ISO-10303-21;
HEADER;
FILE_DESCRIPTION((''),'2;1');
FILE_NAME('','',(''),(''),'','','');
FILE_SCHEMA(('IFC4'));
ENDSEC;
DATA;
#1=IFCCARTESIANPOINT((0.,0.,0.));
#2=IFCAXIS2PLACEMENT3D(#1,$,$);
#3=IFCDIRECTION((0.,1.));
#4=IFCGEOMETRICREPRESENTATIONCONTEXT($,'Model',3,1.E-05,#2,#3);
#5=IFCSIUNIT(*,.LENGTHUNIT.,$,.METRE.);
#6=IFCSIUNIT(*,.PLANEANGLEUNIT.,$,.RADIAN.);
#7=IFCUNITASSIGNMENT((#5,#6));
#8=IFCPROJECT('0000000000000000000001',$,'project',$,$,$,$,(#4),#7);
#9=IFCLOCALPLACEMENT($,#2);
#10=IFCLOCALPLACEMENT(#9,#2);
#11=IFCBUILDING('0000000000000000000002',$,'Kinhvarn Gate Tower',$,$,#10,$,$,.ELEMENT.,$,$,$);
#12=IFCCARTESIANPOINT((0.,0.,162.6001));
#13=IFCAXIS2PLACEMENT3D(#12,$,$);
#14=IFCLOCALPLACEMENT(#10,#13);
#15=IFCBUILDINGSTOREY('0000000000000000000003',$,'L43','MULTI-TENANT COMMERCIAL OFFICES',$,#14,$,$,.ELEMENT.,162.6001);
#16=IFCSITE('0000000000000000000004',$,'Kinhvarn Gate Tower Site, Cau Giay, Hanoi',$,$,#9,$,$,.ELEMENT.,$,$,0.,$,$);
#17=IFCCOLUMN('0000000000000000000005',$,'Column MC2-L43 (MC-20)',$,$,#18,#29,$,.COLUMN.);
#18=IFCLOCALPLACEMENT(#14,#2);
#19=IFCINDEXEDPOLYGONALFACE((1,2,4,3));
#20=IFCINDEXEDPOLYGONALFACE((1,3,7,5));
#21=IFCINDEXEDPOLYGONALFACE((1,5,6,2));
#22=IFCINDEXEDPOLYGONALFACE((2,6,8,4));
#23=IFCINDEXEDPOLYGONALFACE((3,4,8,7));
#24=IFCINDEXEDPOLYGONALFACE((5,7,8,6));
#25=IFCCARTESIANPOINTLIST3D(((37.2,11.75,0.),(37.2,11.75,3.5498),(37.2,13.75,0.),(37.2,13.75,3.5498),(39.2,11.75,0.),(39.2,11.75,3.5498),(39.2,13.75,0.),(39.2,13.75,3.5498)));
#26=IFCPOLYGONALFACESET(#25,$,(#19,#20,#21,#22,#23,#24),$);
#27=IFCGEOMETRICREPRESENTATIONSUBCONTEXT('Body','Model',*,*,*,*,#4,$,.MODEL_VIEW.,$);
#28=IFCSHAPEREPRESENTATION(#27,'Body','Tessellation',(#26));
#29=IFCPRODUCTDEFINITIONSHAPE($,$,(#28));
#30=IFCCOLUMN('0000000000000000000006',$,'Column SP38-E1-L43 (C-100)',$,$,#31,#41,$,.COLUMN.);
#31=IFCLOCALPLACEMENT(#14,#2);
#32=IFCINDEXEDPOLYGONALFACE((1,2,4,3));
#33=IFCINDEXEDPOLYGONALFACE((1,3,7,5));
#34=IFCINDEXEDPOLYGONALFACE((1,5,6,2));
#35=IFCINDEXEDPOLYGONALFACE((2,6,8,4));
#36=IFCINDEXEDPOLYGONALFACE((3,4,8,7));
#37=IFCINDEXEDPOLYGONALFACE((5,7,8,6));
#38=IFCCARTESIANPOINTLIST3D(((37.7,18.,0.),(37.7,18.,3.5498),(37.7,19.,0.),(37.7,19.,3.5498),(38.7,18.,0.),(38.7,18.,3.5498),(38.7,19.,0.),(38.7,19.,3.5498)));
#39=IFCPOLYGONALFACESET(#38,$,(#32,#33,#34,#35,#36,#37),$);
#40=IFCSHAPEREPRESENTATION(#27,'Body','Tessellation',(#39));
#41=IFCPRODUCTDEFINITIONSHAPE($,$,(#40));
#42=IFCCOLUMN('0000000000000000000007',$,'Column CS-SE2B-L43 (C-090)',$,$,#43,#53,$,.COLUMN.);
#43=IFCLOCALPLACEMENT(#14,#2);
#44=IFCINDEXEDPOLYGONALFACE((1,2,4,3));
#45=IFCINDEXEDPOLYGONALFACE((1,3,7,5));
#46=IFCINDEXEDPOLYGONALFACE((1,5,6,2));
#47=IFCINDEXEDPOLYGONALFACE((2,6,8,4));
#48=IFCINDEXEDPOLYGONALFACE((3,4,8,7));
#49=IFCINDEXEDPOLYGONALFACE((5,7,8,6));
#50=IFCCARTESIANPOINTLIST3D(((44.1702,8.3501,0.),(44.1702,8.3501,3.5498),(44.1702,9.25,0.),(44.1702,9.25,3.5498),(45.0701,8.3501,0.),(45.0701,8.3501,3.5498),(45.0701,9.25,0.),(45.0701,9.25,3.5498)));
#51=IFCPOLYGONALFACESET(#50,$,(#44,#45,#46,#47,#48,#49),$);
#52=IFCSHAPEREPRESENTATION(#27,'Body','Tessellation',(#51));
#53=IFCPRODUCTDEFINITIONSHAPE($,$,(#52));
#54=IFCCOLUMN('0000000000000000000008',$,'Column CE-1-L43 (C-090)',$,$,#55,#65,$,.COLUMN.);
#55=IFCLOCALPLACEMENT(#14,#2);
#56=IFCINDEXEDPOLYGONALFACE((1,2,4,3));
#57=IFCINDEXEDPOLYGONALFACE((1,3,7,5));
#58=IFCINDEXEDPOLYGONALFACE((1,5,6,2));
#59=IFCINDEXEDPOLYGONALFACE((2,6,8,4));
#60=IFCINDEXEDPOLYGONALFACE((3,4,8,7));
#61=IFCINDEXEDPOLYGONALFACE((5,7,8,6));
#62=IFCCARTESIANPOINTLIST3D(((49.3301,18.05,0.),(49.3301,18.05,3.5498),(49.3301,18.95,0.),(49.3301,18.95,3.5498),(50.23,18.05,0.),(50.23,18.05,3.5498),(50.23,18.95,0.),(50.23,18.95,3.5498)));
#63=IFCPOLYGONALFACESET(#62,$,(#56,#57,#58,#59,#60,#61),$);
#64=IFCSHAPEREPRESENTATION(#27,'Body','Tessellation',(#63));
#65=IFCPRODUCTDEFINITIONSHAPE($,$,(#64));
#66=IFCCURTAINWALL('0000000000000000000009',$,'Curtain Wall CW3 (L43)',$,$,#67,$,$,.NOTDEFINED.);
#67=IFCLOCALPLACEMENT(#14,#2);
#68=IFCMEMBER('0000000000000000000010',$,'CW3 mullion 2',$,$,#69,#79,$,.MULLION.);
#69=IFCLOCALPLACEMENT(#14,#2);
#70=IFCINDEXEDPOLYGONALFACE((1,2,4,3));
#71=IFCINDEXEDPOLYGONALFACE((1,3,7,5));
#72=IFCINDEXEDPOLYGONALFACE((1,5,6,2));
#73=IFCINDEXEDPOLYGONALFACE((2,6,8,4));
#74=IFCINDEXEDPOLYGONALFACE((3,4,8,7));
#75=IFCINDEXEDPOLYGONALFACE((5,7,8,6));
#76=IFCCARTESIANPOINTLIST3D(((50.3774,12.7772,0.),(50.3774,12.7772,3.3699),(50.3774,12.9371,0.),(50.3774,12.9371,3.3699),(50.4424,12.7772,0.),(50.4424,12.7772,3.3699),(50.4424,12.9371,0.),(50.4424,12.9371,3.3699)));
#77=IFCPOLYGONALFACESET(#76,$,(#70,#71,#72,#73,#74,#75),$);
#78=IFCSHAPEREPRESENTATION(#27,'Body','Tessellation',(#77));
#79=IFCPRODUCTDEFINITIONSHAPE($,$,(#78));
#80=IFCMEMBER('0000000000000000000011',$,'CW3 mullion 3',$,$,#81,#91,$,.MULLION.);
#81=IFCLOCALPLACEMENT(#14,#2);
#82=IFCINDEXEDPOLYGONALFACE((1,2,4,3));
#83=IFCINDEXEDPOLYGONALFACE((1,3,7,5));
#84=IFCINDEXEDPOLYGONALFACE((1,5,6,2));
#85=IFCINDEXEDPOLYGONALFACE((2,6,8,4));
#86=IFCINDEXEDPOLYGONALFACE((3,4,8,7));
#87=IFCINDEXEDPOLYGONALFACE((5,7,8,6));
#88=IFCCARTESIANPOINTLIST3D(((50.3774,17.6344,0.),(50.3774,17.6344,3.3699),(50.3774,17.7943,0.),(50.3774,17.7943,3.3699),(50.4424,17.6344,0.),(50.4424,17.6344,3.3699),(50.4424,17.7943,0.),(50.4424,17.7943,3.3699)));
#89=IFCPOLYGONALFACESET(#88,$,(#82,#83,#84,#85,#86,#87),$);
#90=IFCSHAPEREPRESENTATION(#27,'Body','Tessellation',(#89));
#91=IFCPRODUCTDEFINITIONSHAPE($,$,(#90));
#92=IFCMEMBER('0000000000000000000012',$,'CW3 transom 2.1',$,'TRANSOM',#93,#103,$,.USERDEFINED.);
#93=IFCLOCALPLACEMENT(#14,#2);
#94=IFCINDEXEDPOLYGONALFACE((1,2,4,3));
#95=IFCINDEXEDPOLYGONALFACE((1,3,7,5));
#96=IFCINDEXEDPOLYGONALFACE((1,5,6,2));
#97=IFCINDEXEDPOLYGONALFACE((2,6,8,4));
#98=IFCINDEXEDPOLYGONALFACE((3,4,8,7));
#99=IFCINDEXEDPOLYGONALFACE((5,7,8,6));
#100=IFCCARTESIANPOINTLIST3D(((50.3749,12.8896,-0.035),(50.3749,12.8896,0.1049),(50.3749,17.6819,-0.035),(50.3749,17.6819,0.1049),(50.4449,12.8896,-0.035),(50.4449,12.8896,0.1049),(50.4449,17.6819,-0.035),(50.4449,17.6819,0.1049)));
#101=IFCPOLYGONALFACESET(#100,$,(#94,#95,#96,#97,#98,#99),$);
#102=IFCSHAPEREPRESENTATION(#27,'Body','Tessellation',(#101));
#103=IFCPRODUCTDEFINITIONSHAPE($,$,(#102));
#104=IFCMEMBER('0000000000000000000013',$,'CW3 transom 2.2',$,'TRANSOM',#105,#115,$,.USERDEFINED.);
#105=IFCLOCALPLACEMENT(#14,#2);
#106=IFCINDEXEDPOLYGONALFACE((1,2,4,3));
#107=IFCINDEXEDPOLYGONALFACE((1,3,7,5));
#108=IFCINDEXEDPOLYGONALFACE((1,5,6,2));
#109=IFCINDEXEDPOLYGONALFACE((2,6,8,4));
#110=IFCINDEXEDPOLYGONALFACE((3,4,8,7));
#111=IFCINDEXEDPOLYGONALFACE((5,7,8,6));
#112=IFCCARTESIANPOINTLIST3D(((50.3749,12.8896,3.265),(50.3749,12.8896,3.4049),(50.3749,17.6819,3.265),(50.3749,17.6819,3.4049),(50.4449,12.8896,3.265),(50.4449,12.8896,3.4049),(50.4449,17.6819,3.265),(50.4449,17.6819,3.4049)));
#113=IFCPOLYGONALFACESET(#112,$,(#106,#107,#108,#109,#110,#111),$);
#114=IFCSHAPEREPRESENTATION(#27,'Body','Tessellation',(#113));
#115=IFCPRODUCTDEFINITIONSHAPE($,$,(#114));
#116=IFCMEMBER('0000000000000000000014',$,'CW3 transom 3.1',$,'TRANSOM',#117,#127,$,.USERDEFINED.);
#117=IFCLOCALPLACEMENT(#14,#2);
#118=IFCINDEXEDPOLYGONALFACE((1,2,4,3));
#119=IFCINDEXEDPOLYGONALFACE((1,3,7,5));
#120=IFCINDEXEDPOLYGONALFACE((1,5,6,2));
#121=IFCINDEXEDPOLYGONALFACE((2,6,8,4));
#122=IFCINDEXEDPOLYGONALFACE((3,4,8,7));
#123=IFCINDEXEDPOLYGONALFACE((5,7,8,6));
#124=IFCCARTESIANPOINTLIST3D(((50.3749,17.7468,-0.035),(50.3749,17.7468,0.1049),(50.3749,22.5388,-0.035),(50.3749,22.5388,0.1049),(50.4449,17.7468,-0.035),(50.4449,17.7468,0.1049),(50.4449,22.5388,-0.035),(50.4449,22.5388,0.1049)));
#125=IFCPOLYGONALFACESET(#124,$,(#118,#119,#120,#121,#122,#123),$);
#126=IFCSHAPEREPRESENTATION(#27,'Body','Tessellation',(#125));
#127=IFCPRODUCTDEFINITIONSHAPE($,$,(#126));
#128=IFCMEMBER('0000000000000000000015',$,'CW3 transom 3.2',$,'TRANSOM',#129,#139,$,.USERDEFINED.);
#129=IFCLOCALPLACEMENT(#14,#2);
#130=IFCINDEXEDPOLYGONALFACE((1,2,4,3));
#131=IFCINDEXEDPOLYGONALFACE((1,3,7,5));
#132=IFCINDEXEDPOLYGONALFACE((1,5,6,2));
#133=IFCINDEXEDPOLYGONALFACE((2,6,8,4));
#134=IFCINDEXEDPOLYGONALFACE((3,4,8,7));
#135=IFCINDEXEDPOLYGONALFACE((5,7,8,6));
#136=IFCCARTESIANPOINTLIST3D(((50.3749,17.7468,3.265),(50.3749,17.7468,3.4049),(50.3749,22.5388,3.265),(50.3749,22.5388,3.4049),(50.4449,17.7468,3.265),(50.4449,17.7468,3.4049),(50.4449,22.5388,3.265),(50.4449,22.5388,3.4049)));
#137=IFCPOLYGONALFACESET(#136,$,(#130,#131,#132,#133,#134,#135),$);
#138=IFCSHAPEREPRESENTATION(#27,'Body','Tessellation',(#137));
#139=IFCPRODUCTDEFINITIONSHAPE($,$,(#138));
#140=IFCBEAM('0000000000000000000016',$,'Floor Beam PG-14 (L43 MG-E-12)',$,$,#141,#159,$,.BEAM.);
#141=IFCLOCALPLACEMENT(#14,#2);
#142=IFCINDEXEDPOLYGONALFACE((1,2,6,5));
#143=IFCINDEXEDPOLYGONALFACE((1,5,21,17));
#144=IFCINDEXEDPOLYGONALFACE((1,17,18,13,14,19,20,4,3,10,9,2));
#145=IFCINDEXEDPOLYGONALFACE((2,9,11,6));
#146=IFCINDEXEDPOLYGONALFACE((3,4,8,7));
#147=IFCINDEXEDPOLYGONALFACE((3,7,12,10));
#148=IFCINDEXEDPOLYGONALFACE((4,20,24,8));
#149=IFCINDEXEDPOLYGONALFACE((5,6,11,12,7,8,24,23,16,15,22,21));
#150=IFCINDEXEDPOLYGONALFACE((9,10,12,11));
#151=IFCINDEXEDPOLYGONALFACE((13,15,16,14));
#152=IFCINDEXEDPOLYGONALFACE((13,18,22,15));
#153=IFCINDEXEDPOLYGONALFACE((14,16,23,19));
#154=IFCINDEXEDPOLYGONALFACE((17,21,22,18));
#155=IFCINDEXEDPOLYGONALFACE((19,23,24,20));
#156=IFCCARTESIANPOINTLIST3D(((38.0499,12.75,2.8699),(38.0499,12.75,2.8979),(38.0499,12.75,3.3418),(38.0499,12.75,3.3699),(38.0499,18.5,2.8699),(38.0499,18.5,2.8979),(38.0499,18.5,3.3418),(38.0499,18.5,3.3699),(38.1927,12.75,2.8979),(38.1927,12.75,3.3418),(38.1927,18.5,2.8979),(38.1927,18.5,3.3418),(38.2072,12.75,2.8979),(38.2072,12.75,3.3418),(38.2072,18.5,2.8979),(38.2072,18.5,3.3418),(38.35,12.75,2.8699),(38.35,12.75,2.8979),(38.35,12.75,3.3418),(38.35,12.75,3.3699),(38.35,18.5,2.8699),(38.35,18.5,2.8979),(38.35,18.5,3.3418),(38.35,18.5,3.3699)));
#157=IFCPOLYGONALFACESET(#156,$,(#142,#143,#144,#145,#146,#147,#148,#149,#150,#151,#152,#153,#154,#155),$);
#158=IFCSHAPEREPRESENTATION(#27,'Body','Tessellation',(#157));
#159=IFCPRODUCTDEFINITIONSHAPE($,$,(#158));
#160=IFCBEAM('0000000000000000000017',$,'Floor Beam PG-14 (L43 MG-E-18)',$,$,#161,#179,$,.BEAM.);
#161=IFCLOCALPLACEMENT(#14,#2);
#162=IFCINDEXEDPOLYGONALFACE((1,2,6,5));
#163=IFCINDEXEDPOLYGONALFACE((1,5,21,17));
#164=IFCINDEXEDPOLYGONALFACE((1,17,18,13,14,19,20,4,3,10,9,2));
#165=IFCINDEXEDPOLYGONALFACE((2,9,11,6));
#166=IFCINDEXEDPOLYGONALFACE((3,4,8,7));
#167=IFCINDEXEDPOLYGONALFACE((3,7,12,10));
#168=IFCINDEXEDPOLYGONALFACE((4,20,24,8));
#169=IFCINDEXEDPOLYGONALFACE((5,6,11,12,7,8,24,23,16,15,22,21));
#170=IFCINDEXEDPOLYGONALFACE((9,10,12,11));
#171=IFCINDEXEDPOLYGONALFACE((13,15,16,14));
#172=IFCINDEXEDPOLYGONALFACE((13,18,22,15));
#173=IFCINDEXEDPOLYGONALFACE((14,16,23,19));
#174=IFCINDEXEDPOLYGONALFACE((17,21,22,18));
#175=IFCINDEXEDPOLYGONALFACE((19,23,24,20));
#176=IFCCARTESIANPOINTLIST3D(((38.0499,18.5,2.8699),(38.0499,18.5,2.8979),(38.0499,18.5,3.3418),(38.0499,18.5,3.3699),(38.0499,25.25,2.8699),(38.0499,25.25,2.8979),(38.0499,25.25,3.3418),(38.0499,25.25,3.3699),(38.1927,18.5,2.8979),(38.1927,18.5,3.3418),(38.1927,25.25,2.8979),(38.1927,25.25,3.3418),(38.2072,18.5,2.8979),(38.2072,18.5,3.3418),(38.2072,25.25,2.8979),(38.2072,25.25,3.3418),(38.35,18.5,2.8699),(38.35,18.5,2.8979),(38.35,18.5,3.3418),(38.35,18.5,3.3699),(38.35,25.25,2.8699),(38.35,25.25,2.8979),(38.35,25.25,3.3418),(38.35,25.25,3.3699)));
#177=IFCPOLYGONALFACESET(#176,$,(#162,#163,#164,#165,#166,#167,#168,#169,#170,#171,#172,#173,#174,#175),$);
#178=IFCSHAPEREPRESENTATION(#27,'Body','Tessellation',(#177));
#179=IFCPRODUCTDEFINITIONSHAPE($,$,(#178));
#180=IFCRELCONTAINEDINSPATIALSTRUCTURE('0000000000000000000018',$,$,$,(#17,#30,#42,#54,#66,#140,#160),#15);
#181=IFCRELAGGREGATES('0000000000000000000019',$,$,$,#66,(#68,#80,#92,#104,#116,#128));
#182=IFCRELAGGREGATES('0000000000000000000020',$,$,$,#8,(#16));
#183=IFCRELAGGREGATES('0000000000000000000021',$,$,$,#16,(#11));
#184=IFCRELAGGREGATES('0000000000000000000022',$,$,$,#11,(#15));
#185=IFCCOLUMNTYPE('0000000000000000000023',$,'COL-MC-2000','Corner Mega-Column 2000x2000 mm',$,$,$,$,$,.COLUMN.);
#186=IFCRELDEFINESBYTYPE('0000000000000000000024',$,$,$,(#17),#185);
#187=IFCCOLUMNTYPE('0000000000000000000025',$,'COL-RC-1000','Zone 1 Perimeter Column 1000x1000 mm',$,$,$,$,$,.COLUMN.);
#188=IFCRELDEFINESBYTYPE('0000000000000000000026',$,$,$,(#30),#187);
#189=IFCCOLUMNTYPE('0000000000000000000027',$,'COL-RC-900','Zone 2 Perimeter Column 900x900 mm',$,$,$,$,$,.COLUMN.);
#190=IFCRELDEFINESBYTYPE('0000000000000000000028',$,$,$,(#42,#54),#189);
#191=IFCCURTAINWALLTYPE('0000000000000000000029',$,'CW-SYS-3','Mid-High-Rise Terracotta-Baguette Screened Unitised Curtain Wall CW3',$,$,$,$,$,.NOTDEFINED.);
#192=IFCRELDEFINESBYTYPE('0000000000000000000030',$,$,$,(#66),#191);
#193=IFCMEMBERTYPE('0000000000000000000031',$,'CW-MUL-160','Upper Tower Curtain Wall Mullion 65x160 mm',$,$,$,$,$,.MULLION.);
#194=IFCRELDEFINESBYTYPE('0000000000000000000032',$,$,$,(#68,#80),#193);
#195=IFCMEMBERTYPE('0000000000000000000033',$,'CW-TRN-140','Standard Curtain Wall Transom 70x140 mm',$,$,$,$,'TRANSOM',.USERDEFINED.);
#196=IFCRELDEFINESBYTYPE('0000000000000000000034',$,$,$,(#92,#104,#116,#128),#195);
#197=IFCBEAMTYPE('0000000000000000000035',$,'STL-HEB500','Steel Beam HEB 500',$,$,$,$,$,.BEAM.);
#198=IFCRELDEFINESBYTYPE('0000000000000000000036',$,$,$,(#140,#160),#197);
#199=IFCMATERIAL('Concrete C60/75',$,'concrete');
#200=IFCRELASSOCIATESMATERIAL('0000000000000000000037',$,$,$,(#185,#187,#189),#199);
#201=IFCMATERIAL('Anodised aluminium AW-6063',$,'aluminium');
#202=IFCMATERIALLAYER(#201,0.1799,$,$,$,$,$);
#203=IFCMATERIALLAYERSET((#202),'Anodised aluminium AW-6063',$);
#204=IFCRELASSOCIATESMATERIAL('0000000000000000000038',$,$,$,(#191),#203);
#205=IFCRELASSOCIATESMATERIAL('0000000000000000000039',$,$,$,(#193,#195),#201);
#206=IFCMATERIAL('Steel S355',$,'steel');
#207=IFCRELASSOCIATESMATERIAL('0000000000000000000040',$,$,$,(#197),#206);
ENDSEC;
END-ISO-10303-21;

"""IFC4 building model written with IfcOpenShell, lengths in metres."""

from ifc_helpers import new_model, si_unit, direction, frame, origin, origin_2d, place, context, subcontext, project, spatial, rectangle, i_section, extrude, material, layer, layer_set, material_profile, profile_set, type_object, element, aggregate, save


model = new_model("IFC4")

# Units and contexts
model_context = context("Model", 3, precision=1e-05, world=origin(), true_north=direction((0.0, 1.0)))
body_context = subcontext(model_context, "Body", "Model", "MODEL_VIEW")
ifc_project = project(units=[si_unit("LENGTHUNIT", "METRE"), si_unit("PLANEANGLEUNIT", "RADIAN")], contexts=[model_context])

# Site, building, storey
site_placement = place(None, origin())
site = spatial("IfcSite", under=ifc_project, at=site_placement, Name="Kinhvarn Gate Tower Site, Cau Giay, Hanoi", CompositionType="ELEMENT", RefElevation=0.0)
building_placement = place(site_placement, origin())
building = spatial("IfcBuilding", under=site, at=building_placement, Name="Kinhvarn Gate Tower", CompositionType="ELEMENT")
storey_placement = place(building_placement, frame((0.0, 0.0, 162.6001)))
storey = spatial("IfcBuildingStorey", under=building, at=storey_placement, Name="L43", Description="MULTI-TENANT COMMERCIAL OFFICES", CompositionType="ELEMENT", Elevation=162.6001)

# Columns
ifc_material_1 = material(Name="Concrete C60/75", Category="concrete")
ifc_material_profile_1 = material_profile(ifc_material_1, rectangle(XDim=2.0, YDim=2.0, at=origin_2d()), Name="RC 2000x2000")
ifc_profile_set_1 = profile_set([ifc_material_profile_1], Name="Concrete C60/75")
column_type_1 = type_object("IfcColumnType", Name="COL-MC-2000", Description="Corner Mega-Column 2000x2000 mm", PredefinedType="COLUMN", material=ifc_profile_set_1)
column_1_placement = place(storey_placement, frame((38.2, 12.75, 0.0), z_axis=(0.0, 0.0, 1.0), x_axis=(1.0, 0.0, 0.0)))
element("IfcColumn", 1, at=column_1_placement, inside=storey, type_object=column_type_1, Name="Column MC2-L43 (MC-20)", PredefinedType="COLUMN", context=body_context, shape_type="SweptSolid", body=[
    extrude(rectangle(XDim=2.0, YDim=2.0, at=origin_2d()), origin(), (0.0, 0.0, 1.0), 3.5498),
])
ifc_material_profile_2 = material_profile(ifc_material_1, rectangle(XDim=1.0, YDim=1.0, at=origin_2d()), Name="RC 1000x1000")
ifc_profile_set_2 = profile_set([ifc_material_profile_2], Name="Concrete C60/75")
column_type_2 = type_object("IfcColumnType", Name="COL-RC-1000", Description="Zone 1 Perimeter Column 1000x1000 mm", PredefinedType="COLUMN", material=ifc_profile_set_2)
column_2_placement = place(storey_placement, frame((38.2, 18.5, 0.0), z_axis=(0.0, 0.0, 1.0), x_axis=(1.0, 0.0, 0.0)))
element("IfcColumn", 2, at=column_2_placement, inside=storey, type_object=column_type_2, Name="Column SP38-E1-L43 (C-100)", PredefinedType="COLUMN", context=body_context, shape_type="SweptSolid", body=[
    extrude(rectangle(XDim=1.0, YDim=1.0, at=origin_2d()), origin(), (0.0, 0.0, 1.0), 3.5498),
])
ifc_material_profile_3 = material_profile(ifc_material_1, rectangle(XDim=0.8999, YDim=0.8999, at=origin_2d()), Name="RC 900x900")
ifc_profile_set_3 = profile_set([ifc_material_profile_3], Name="Concrete C60/75")
column_type_3 = type_object("IfcColumnType", Name="COL-RC-900", Description="Zone 2 Perimeter Column 900x900 mm", PredefinedType="COLUMN", material=ifc_profile_set_3)
for number, where, z_axis, x_axis, name in (
    (3, (44.6201, 8.8, 0.0), (0.0, 0.0, 1.0), (1.0, 0.0, 0.0), "Column CS-SE2B-L43 (C-090)"),
    (4, (49.78, 18.5, 0.0), (0.0, 0.0, 1.0), (1.0, 0.0, 0.0), "Column CE-1-L43 (C-090)"),
):
    element("IfcColumn", number, at=place(storey_placement, frame(where, z_axis=z_axis, x_axis=x_axis)), inside=storey, type_object=column_type_3, Name=name, PredefinedType="COLUMN", context=body_context, shape_type="SweptSolid", body=[
        extrude(rectangle(XDim=0.8999, YDim=0.8999, at=origin_2d()), origin(), (0.0, 0.0, 1.0), 3.5498),
    ])

# Curtain wall, members
ifc_material_2 = material(Name="Anodised aluminium AW-6063", Category="aluminium")
ifc_layer_1 = layer(ifc_material_2, 0.1799)
ifc_layer_set_1 = layer_set([ifc_layer_1], Name="Anodised aluminium AW-6063")
curtain_wall_type = type_object("IfcCurtainWallType", Name="CW-SYS-3", Description="Mid-High-Rise Terracotta-Baguette Screened Unitised Curtain Wall CW3", PredefinedType="NOTDEFINED", material=ifc_layer_set_1)
curtain_wall_placement = place(storey_placement, origin())
curtain_wall = element("IfcCurtainWall", 5, at=curtain_wall_placement, inside=storey, type_object=curtain_wall_type, Name="Curtain Wall CW3 (L43)", PredefinedType="NOTDEFINED")
ifc_material_profile_4 = material_profile(ifc_material_2, rectangle(XDim=0.0649, YDim=0.1599, at=origin_2d()), Name="ALU 65x160")
ifc_profile_set_4 = profile_set([ifc_material_profile_4], Name="Anodised aluminium AW-6063")
member_type_1 = type_object("IfcMemberType", Name="CW-MUL-160", Description="Upper Tower Curtain Wall Mullion 65x160 mm", PredefinedType="MULLION", material=ifc_profile_set_4)
member_1_placement = place(storey_placement, frame((50.4099, 12.8572, 0.0), z_axis=(0.0, 0.0, 1.0), x_axis=(-1.0, 0.0, 0.0)))
member_1 = element("IfcMember", 6, at=member_1_placement, type_object=member_type_1, Name="CW3 mullion 2", PredefinedType="MULLION", context=body_context, shape_type="SweptSolid", body=[
    extrude(rectangle(XDim=0.0649, YDim=0.1599, at=origin_2d()), origin(), (0.0, 0.0, 1.0), 3.3699),
])
member_2_placement = place(storey_placement, frame((50.4099, 17.7144, 0.0), z_axis=(0.0, 0.0, 1.0), x_axis=(-1.0, 0.0, 0.0)))
member_2 = element("IfcMember", 7, at=member_2_placement, type_object=member_type_1, Name="CW3 mullion 3", PredefinedType="MULLION", context=body_context, shape_type="SweptSolid", body=[
    extrude(rectangle(XDim=0.0649, YDim=0.1599, at=origin_2d()), origin(), (0.0, 0.0, 1.0), 3.3699),
])
ifc_material_profile_5 = material_profile(ifc_material_2, rectangle(XDim=0.0701, YDim=0.1399, at=origin_2d()), Name="ALU 70x140")
ifc_profile_set_5 = profile_set([ifc_material_profile_5], Name="Anodised aluminium AW-6063")
member_type_2 = type_object("IfcMemberType", Name="CW-TRN-140", Description="Standard Curtain Wall Transom 70x140 mm", ElementType="TRANSOM", PredefinedType="USERDEFINED", material=ifc_profile_set_5)
member_3_placement = place(storey_placement, frame((50.4099, 12.8896, 0.0349), z_axis=(0.0, 1.0, 0.0), x_axis=(-1.0, 0.0, 0.0)))
member_3 = element("IfcMember", 8, at=member_3_placement, type_object=member_type_2, Name="CW3 transom 2.1", ObjectType="TRANSOM", PredefinedType="USERDEFINED", context=body_context, shape_type="SweptSolid", body=[
    extrude(rectangle(XDim=0.0701, YDim=0.1399, at=origin_2d()), origin(), (0.0, 0.0, 1.0), 4.7922),
])
member_4_placement = place(storey_placement, frame((50.4099, 12.8896, 3.335), z_axis=(0.0, 1.0, 0.0), x_axis=(-1.0, 0.0, 0.0)))
member_4 = element("IfcMember", 9, at=member_4_placement, type_object=member_type_2, Name="CW3 transom 2.2", ObjectType="TRANSOM", PredefinedType="USERDEFINED", context=body_context, shape_type="SweptSolid", body=[
    extrude(rectangle(XDim=0.0701, YDim=0.1399, at=origin_2d()), origin(), (0.0, 0.0, 1.0), 4.7922),
])
member_5_placement = place(storey_placement, frame((50.4099, 17.7468, 0.0349), z_axis=(0.0, 1.0, 0.0), x_axis=(-1.0, 0.0, 0.0)))
member_5 = element("IfcMember", 10, at=member_5_placement, type_object=member_type_2, Name="CW3 transom 3.1", ObjectType="TRANSOM", PredefinedType="USERDEFINED", context=body_context, shape_type="SweptSolid", body=[
    extrude(rectangle(XDim=0.0701, YDim=0.1399, at=origin_2d()), origin(), (0.0, 0.0, 1.0), 4.792),
])
member_6_placement = place(storey_placement, frame((50.4099, 17.7468, 3.335), z_axis=(0.0, 1.0, 0.0), x_axis=(-1.0, 0.0, 0.0)))
member_6 = element("IfcMember", 11, at=member_6_placement, type_object=member_type_2, Name="CW3 transom 3.2", ObjectType="TRANSOM", PredefinedType="USERDEFINED", context=body_context, shape_type="SweptSolid", body=[
    extrude(rectangle(XDim=0.0701, YDim=0.1399, at=origin_2d()), origin(), (0.0, 0.0, 1.0), 4.792),
])

# Beams
ifc_material_3 = material(Name="Steel S355", Category="steel")
ifc_material_profile_6 = material_profile(ifc_material_3, i_section(OverallWidth=0.3, OverallDepth=0.5, WebThickness=0.0144, FlangeThickness=0.0281, at=origin_2d()), Name="HEB 500")
ifc_profile_set_6 = profile_set([ifc_material_profile_6], Name="Steel S355")
beam_type_1 = type_object("IfcBeamType", Name="STL-HEB500", Description="Steel Beam HEB 500", PredefinedType="BEAM", material=ifc_profile_set_6)
beam_1_placement = place(storey_placement, frame((38.2, 12.75, 3.1199), z_axis=(0.0, 1.0, 0.0), x_axis=(-1.0, 0.0, 0.0)))
element("IfcBeam", 12, at=beam_1_placement, inside=storey, type_object=beam_type_1, Name="Floor Beam PG-14 (L43 MG-E-12)", PredefinedType="BEAM", context=body_context, shape_type="SweptSolid", body=[
    extrude(i_section(OverallWidth=0.3, OverallDepth=0.5, WebThickness=0.0144, FlangeThickness=0.0281, at=origin_2d()), origin(), (0.0, 0.0, 1.0), 5.75),
])
beam_2_placement = place(storey_placement, frame((38.2, 18.5, 3.1199), z_axis=(0.0, 1.0, 0.0), x_axis=(-1.0, 0.0, 0.0)))
element("IfcBeam", 13, at=beam_2_placement, inside=storey, type_object=beam_type_1, Name="Floor Beam PG-14 (L43 MG-E-18)", PredefinedType="BEAM", context=body_context, shape_type="SweptSolid", body=[
    extrude(i_section(OverallWidth=0.3, OverallDepth=0.5, WebThickness=0.0144, FlangeThickness=0.0281, at=origin_2d()), origin(), (0.0, 0.0, 1.0), 6.75),
])

aggregate(curtain_wall, [member_1, member_2, member_3, member_4, member_5, member_6])

save(model, "model.ifc")
